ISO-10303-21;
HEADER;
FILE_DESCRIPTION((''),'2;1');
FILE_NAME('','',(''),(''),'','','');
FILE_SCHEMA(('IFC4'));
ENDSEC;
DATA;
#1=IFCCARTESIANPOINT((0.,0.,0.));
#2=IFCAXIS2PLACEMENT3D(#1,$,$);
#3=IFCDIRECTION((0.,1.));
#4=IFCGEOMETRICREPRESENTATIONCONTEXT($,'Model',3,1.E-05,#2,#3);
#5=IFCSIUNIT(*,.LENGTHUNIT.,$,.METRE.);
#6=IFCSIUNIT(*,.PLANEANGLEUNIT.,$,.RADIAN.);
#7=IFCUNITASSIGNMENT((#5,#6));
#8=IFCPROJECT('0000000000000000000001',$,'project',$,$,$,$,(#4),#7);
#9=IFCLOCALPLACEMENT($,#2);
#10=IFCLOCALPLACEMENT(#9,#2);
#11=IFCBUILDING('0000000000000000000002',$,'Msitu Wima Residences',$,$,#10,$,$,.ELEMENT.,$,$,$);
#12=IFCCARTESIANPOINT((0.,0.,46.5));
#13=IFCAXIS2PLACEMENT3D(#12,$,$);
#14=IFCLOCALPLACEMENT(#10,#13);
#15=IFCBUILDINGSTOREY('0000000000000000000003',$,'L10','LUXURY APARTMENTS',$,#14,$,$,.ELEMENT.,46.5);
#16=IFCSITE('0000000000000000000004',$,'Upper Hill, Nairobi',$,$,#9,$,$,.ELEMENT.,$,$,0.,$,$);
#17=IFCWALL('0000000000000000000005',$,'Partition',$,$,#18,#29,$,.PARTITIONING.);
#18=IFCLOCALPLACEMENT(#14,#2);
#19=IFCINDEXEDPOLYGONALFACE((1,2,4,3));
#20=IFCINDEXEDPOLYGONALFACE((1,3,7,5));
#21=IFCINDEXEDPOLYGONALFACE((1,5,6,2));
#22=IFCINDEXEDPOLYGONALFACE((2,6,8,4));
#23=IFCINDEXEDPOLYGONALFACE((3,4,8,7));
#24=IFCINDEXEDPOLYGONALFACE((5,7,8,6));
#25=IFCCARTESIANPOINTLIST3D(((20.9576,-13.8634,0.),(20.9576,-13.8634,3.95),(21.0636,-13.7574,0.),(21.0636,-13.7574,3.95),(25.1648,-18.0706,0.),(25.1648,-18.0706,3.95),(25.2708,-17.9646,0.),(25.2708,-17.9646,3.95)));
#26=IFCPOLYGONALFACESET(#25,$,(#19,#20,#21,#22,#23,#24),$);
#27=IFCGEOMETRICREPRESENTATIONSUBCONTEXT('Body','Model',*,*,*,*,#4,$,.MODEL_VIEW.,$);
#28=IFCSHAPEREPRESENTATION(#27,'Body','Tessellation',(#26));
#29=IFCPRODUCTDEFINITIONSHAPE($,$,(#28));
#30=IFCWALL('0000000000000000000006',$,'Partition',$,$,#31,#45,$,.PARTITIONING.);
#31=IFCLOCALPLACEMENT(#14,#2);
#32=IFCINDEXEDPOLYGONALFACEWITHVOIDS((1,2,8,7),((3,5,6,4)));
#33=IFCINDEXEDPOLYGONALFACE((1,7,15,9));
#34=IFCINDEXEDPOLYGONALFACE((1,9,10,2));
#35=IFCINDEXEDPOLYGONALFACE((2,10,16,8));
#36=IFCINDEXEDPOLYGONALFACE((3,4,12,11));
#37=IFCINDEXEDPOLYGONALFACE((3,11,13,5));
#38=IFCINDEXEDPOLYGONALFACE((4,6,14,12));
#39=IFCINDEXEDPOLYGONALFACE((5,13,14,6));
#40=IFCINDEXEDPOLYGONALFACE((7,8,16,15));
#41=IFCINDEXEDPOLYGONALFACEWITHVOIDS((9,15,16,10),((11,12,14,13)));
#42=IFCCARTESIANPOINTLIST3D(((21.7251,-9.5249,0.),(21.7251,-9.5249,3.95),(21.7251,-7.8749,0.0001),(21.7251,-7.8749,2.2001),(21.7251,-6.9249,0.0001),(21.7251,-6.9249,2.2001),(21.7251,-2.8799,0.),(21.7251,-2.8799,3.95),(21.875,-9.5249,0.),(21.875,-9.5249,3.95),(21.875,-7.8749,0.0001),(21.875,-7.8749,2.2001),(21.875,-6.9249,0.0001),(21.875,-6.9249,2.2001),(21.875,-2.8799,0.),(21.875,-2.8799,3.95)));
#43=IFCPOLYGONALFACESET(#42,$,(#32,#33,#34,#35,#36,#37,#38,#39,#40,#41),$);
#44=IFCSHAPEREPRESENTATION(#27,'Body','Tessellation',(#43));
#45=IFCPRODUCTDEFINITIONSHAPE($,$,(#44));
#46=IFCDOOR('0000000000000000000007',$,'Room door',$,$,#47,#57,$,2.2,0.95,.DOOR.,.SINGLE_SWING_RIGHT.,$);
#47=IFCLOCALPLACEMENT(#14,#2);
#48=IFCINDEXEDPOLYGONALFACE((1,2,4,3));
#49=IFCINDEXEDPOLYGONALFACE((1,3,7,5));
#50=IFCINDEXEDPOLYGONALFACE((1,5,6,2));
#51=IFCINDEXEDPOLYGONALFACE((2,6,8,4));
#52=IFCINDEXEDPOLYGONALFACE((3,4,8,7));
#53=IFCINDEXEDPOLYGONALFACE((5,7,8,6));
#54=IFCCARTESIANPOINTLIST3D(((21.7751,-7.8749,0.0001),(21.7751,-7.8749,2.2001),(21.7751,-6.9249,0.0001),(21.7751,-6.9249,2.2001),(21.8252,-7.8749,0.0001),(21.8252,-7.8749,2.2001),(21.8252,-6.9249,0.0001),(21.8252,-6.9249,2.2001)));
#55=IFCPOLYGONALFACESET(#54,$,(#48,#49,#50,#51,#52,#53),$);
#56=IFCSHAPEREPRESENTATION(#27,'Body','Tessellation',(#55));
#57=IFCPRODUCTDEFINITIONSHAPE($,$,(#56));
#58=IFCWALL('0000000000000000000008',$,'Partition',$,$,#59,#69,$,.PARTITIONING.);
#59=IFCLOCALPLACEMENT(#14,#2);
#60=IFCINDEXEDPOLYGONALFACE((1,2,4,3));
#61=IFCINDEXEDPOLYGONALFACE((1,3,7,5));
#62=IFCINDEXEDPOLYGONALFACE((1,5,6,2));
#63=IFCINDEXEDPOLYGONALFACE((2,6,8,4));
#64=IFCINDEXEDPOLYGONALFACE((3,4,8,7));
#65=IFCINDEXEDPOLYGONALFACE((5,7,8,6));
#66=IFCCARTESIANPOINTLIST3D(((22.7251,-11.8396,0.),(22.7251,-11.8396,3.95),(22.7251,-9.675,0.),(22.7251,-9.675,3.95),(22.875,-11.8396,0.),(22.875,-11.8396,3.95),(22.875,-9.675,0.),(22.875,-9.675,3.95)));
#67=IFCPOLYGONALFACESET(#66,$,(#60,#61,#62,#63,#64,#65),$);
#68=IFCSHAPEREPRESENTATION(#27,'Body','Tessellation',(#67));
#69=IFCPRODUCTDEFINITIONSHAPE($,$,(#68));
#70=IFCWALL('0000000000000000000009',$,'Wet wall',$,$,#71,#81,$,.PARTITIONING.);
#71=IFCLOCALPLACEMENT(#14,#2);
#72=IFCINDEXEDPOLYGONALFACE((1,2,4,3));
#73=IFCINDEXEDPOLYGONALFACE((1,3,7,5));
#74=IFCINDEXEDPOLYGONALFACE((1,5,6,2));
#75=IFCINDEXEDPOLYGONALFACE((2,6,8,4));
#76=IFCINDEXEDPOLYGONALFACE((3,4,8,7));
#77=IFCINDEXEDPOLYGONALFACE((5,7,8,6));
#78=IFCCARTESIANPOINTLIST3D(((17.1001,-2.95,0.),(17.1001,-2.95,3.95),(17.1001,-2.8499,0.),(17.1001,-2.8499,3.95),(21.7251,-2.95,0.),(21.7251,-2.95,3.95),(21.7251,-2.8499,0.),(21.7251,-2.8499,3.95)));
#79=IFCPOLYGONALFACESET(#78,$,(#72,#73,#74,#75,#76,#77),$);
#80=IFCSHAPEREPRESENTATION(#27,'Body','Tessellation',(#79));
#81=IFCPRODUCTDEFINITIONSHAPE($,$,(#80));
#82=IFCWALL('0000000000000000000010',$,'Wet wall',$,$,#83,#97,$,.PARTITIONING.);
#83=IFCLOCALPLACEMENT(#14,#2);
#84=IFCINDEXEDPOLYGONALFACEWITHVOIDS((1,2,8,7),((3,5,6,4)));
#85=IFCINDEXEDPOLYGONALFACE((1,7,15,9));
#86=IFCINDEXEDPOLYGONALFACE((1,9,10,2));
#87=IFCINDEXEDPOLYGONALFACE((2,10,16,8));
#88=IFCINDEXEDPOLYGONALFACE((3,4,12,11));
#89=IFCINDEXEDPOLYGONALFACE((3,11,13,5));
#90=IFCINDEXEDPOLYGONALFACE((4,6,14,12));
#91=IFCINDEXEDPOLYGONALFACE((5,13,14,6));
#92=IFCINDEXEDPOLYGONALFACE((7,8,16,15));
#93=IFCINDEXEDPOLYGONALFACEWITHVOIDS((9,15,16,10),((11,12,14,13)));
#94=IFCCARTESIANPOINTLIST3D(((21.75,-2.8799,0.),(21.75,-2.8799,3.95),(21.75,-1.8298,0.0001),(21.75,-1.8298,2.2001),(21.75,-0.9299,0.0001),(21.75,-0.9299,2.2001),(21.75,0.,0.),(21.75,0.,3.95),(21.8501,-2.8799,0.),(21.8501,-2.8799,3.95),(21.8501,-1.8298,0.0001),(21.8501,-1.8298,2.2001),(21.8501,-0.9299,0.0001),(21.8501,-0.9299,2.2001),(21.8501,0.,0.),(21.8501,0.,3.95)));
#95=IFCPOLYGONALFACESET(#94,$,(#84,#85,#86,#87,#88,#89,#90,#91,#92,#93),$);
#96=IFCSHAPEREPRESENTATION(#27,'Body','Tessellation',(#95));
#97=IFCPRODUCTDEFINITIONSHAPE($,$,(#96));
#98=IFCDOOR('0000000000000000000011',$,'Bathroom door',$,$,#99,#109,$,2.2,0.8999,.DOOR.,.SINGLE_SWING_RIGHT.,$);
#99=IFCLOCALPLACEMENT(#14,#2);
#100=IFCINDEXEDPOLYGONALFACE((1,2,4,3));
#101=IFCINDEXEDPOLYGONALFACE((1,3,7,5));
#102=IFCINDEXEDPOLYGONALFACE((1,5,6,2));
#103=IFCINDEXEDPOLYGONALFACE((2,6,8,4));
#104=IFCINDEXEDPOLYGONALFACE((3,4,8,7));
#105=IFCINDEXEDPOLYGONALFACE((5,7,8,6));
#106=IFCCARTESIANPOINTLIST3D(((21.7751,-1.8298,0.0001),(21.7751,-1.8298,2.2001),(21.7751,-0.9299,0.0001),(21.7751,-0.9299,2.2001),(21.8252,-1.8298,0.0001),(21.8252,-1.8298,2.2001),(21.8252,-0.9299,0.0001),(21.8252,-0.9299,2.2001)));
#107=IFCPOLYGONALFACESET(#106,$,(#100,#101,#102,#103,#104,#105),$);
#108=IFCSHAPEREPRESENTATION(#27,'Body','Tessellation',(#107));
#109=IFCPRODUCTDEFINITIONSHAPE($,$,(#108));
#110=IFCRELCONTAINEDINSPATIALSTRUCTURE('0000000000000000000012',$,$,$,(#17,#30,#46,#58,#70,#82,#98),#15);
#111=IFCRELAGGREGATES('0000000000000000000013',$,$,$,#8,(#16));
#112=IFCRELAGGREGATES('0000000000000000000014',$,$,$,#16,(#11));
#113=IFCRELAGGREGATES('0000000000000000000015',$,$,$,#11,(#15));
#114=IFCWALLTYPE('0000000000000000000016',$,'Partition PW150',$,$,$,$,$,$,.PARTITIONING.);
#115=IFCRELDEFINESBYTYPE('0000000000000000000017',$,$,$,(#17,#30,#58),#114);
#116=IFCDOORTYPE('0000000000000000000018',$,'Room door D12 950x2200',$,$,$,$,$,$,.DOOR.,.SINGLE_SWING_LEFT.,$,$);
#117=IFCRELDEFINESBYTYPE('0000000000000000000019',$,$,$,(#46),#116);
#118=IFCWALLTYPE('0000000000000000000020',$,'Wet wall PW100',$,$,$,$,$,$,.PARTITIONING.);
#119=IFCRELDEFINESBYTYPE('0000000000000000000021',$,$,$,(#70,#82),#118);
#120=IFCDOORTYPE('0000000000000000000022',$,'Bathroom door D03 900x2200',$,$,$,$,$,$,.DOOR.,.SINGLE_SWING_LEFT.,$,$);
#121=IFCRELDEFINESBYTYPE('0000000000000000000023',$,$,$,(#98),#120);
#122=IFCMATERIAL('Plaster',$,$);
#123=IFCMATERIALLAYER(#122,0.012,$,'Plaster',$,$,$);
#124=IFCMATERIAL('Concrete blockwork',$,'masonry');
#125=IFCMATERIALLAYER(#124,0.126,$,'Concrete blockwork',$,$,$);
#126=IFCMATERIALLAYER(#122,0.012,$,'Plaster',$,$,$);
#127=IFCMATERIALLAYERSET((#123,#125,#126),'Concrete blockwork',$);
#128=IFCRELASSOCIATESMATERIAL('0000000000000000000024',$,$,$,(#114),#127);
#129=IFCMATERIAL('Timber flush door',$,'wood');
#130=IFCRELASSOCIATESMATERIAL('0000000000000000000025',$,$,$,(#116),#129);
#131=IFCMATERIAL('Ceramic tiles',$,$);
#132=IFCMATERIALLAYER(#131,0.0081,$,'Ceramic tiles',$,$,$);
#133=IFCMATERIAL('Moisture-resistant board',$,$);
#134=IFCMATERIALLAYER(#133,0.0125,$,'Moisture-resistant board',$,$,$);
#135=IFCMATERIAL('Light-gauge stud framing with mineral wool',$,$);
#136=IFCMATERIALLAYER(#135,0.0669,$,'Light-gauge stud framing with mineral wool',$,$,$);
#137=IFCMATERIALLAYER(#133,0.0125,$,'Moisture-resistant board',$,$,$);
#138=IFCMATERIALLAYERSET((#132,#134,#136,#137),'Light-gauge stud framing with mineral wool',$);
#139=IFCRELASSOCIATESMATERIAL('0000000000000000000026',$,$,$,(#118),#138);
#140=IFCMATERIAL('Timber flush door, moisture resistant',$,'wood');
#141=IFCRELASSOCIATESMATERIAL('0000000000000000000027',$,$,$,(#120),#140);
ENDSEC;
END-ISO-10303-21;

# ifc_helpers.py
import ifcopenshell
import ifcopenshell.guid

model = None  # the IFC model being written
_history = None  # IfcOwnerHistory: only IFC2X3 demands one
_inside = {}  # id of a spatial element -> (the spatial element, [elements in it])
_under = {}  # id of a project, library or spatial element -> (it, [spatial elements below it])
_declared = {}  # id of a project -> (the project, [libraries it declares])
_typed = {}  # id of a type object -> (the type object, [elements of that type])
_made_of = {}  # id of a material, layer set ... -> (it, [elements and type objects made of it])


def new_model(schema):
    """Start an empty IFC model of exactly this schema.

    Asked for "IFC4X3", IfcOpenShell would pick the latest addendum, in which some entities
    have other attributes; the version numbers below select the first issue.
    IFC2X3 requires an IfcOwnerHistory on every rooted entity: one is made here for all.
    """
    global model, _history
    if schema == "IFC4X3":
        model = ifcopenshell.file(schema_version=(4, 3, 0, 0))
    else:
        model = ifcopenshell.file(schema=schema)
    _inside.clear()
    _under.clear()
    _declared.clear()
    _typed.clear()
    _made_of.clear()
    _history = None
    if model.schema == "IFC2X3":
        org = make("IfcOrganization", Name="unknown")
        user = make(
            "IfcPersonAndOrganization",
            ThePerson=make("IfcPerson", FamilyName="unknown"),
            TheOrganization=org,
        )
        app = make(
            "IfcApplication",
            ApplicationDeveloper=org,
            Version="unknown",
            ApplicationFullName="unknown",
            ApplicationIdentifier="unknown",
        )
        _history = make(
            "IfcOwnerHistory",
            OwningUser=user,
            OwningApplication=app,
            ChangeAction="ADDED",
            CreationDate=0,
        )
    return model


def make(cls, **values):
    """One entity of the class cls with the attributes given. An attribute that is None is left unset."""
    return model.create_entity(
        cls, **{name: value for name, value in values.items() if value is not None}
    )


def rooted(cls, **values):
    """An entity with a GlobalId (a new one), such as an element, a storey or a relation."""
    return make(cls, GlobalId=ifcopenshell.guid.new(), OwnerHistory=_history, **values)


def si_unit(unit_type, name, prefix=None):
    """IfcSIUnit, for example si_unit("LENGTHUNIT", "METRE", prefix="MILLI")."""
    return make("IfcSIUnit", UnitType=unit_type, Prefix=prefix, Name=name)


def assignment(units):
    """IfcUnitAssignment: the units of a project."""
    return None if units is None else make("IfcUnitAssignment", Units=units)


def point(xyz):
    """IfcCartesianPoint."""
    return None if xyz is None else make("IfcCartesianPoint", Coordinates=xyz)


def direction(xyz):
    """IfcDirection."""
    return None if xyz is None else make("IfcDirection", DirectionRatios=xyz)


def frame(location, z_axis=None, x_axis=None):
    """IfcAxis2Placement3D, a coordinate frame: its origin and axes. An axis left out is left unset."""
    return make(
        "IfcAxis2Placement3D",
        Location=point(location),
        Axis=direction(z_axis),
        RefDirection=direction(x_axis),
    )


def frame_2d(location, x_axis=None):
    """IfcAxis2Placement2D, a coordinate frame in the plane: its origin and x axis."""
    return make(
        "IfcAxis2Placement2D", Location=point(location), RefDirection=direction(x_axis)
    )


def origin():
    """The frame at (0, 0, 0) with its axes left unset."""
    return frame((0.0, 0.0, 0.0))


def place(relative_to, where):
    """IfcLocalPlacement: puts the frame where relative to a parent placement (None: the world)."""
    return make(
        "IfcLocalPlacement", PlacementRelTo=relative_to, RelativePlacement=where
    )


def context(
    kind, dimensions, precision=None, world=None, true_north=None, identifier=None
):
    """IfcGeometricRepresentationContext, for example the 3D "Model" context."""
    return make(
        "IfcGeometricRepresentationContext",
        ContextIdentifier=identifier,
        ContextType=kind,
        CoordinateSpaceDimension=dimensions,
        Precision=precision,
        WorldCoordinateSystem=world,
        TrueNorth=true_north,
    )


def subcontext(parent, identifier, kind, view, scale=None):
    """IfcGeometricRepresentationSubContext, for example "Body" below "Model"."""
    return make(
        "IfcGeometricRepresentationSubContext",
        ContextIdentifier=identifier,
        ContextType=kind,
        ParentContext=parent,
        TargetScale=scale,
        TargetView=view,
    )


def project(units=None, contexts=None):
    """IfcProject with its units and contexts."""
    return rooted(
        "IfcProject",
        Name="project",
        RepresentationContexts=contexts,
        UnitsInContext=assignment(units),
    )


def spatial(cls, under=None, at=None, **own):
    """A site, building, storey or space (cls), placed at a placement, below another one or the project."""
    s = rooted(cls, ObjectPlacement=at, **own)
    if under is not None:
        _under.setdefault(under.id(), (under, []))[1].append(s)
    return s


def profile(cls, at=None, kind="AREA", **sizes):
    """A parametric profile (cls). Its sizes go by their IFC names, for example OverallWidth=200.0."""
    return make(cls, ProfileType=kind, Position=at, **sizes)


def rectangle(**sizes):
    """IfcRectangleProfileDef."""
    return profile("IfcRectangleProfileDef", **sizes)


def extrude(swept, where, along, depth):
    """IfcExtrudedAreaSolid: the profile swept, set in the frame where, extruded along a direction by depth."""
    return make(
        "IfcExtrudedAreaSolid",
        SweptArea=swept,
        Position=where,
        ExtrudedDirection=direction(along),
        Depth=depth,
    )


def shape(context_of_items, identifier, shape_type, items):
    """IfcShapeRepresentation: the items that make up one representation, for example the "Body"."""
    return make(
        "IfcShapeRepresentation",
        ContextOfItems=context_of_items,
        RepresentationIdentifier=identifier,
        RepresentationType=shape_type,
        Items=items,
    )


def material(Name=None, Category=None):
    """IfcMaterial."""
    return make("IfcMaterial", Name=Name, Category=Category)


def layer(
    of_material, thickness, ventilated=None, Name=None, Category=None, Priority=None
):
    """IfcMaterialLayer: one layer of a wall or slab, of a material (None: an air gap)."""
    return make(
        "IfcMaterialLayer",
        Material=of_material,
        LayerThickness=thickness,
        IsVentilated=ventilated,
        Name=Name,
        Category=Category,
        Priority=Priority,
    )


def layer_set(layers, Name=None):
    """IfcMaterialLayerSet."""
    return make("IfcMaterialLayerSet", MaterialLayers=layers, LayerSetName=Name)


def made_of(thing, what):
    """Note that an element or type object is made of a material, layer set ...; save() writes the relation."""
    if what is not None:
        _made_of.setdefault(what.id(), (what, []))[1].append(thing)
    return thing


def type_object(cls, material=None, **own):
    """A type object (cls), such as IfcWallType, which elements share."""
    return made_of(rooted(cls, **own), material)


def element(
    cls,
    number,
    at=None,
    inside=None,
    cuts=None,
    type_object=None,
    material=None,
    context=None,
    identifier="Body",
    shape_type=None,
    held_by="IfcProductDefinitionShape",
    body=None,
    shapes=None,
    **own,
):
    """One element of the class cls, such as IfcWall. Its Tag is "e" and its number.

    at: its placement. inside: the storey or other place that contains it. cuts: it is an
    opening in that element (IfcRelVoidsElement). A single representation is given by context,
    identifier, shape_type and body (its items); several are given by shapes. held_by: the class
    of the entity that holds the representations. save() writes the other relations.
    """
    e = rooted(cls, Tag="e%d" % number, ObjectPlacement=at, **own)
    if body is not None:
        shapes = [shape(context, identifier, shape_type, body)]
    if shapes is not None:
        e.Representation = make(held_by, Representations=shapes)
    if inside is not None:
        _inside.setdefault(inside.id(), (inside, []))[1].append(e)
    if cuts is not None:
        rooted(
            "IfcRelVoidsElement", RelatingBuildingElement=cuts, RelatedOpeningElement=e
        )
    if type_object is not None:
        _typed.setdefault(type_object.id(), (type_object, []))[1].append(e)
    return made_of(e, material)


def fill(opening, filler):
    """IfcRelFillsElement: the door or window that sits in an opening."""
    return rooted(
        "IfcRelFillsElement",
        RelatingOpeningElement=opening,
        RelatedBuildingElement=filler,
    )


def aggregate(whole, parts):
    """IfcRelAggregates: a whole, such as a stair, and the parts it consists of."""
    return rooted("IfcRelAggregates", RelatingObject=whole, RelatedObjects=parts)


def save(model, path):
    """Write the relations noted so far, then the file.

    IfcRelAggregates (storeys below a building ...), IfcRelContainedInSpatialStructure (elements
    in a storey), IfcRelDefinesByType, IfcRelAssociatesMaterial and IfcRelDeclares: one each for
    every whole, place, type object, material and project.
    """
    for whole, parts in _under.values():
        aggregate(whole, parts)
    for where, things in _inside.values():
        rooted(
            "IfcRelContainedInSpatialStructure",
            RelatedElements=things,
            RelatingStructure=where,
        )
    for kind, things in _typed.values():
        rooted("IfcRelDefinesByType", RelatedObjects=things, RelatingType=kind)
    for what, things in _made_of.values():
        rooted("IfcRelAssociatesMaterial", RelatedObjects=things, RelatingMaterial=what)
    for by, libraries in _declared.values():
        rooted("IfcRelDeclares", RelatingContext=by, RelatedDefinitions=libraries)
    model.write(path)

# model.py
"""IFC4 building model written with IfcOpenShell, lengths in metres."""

from ifc_helpers import new_model, si_unit, direction, frame, frame_2d, origin, place, context, subcontext, project, spatial, rectangle, extrude, material, layer, layer_set, type_object, element, fill, save


model = new_model("IFC4")

# Units and contexts
model_context = context("Model", 3, precision=1e-05, world=origin(), true_north=direction((0.0, 1.0)))
body_context = subcontext(model_context, "Body", "Model", "MODEL_VIEW")
ifc_project = project(units=[si_unit("LENGTHUNIT", "METRE"), si_unit("PLANEANGLEUNIT", "RADIAN")], contexts=[model_context])

# Site, building, storey
site_placement = place(None, origin())
site = spatial("IfcSite", under=ifc_project, at=site_placement, Name="Upper Hill, Nairobi", CompositionType="ELEMENT", RefElevation=0.0)
building_placement = place(site_placement, origin())
building = spatial("IfcBuilding", under=site, at=building_placement, Name="Msitu Wima Residences", CompositionType="ELEMENT")
storey_placement = place(building_placement, frame((0.0, 0.0, 46.5)))
storey = spatial("IfcBuildingStorey", under=building, at=storey_placement, Name="L10", Description="LUXURY APARTMENTS", CompositionType="ELEMENT", Elevation=46.5)

# Shared definitions
ifc_material_1 = material(Name="Plaster")
ifc_material_2 = material(Name="Concrete blockwork", Category="masonry")
ifc_layer_1 = layer(ifc_material_1, 0.012, Name="Plaster")
ifc_layer_2 = layer(ifc_material_2, 0.126, Name="Concrete blockwork")
ifc_layer_3 = layer(ifc_material_1, 0.012, Name="Plaster")
ifc_layer_set_1 = layer_set([ifc_layer_1, ifc_layer_2, ifc_layer_3], Name="Concrete blockwork")
wall_type_1 = type_object("IfcWallType", Name="Partition PW150", PredefinedType="PARTITIONING", material=ifc_layer_set_1)
ifc_material_3 = material(Name="Timber flush door", Category="wood")
door_type_1 = type_object("IfcDoorType", Name="Room door D12 950x2200", OperationType="SINGLE_SWING_LEFT", PredefinedType="DOOR", material=ifc_material_3)

# Wall
wall_1_placement = place(storey_placement, frame((21.0105, -13.8103, 0.0), z_axis=(0.0, 0.0, 1.0), x_axis=(0.707107, -0.707107, 0.0)))
element("IfcWall", 1, at=wall_1_placement, inside=storey, type_object=wall_type_1, Name="Partition", PredefinedType="PARTITIONING", context=body_context, shape_type="SweptSolid", body=[
    extrude(rectangle(XDim=5.95, YDim=0.1499, at=frame_2d((2.9751, 0.0))), origin(), (0.0, 0.0, 1.0), 3.95),
])

# Wall, opening, door
wall_2_placement = place(storey_placement, frame((21.8, -9.5249, 0.0), z_axis=(0.0, 0.0, 1.0), x_axis=(0.0, 1.0, 0.0)))
wall_2 = element("IfcWall", 2, at=wall_2_placement, inside=storey, type_object=wall_type_1, Name="Partition", PredefinedType="PARTITIONING", context=body_context, shape_type="SweptSolid", body=[
    extrude(rectangle(XDim=6.645, YDim=0.1499, at=frame_2d((3.3225, 0.0))), origin(), (0.0, 0.0, 1.0), 3.95),
])
opening_1_placement = place(wall_2_placement, frame((1.6499, 0.0, 0.0)))
opening_1 = element("IfcOpeningElement", 3, at=opening_1_placement, cuts=wall_2, PredefinedType="OPENING", context=body_context, shape_type="SweptSolid", body=[
    extrude(rectangle(XDim=0.95, YDim=2.2, at=frame_2d((0.4751, 1.1001))), frame((0.0, 0.085, 0.0), z_axis=(0.0, -1.0, 0.0), x_axis=(1.0, 0.0, 0.0)), (0.0, 0.0, 1.0), 0.1699),
])
door_1_placement = place(opening_1_placement, origin())
door_1 = element("IfcDoor", 4, at=door_1_placement, inside=storey, type_object=door_type_1, Name="Room door", OperationType="SINGLE_SWING_RIGHT", OverallHeight=2.2, OverallWidth=0.95, PredefinedType="DOOR", context=body_context, shape_type="SweptSolid", body=[
    extrude(rectangle(XDim=0.95, YDim=2.2, at=frame_2d((0.4751, 1.1001))), frame((0.0, 0.0249, 0.0), z_axis=(0.0, -1.0, 0.0), x_axis=(1.0, 0.0, 0.0)), (0.0, 0.0, 1.0), 0.05),
])
fill(opening_1, door_1)

# Walls
wall_3_placement = place(storey_placement, frame((22.8, -11.8396, 0.0), z_axis=(0.0, 0.0, 1.0), x_axis=(0.0, 1.0, 0.0)))
element("IfcWall", 5, at=wall_3_placement, inside=storey, type_object=wall_type_1, Name="Partition", PredefinedType="PARTITIONING", context=body_context, shape_type="SweptSolid", body=[
    extrude(rectangle(XDim=2.1646, YDim=0.1499, at=frame_2d((1.0823, 0.0))), origin(), (0.0, 0.0, 1.0), 3.95),
])
ifc_material_4 = material(Name="Ceramic tiles")
ifc_layer_4 = layer(ifc_material_4, 0.0081, Name="Ceramic tiles")
ifc_material_5 = material(Name="Moisture-resistant board")
ifc_layer_5 = layer(ifc_material_5, 0.0125, Name="Moisture-resistant board")
ifc_material_6 = material(Name="Light-gauge stud framing with mineral wool")
ifc_layer_6 = layer(ifc_material_6, 0.0669, Name="Light-gauge stud framing with mineral wool")
ifc_layer_7 = layer(ifc_material_5, 0.0125, Name="Moisture-resistant board")
ifc_layer_set_2 = layer_set([ifc_layer_4, ifc_layer_5, ifc_layer_6, ifc_layer_7], Name="Light-gauge stud framing with mineral wool")
wall_type_2 = type_object("IfcWallType", Name="Wet wall PW100", PredefinedType="PARTITIONING", material=ifc_layer_set_2)
wall_4_placement = place(storey_placement, frame((17.1001, -2.8999, 0.0), z_axis=(0.0, 0.0, 1.0), x_axis=(1.0, 0.0, 0.0)))
element("IfcWall", 6, at=wall_4_placement, inside=storey, type_object=wall_type_2, Name="Wet wall", PredefinedType="PARTITIONING", context=body_context, shape_type="SweptSolid", body=[
    extrude(rectangle(XDim=4.625, YDim=0.1001, at=frame_2d((2.3125, 0.0))), origin(), (0.0, 0.0, 1.0), 3.95),
])

# Wall, opening, door
wall_5_placement = place(storey_placement, frame((21.8, -2.8799, 0.0), z_axis=(0.0, 0.0, 1.0), x_axis=(0.0, 1.0, 0.0)))
wall_5 = element("IfcWall", 7, at=wall_5_placement, inside=storey, type_object=wall_type_2, Name="Wet wall", PredefinedType="PARTITIONING", context=body_context, shape_type="SweptSolid", body=[
    extrude(rectangle(XDim=2.8799, YDim=0.1001, at=frame_2d((1.4399, 0.0))), origin(), (0.0, 0.0, 1.0), 3.95),
])
opening_2_placement = place(wall_5_placement, frame((1.05, 0.0, 0.0)))
opening_2 = element("IfcOpeningElement", 8, at=opening_2_placement, cuts=wall_5, PredefinedType="OPENING", context=body_context, shape_type="SweptSolid", body=[
    extrude(rectangle(XDim=0.8999, YDim=2.2, at=frame_2d((0.45, 1.1001))), frame((0.0, 0.0601, 0.0), z_axis=(0.0, -1.0, 0.0), x_axis=(1.0, 0.0, 0.0)), (0.0, 0.0, 1.0), 0.1201),
])
ifc_material_7 = material(Name="Timber flush door, moisture resistant", Category="wood")
door_type_2 = type_object("IfcDoorType", Name="Bathroom door D03 900x2200", OperationType="SINGLE_SWING_LEFT", PredefinedType="DOOR", material=ifc_material_7)
door_2_placement = place(opening_2_placement, origin())
door_2 = element("IfcDoor", 9, at=door_2_placement, inside=storey, type_object=door_type_2, Name="Bathroom door", OperationType="SINGLE_SWING_RIGHT", OverallHeight=2.2, OverallWidth=0.8999, PredefinedType="DOOR", context=body_context, shape_type="SweptSolid", body=[
    extrude(rectangle(XDim=0.8999, YDim=2.2, at=frame_2d((0.45, 1.1001))), frame((0.0, 0.0249, 0.0), z_axis=(0.0, -1.0, 0.0), x_axis=(1.0, 0.0, 0.0)), (0.0, 0.0, 1.0), 0.05),
])
fill(opening_2, door_2)

save(model, "model.ifc")
